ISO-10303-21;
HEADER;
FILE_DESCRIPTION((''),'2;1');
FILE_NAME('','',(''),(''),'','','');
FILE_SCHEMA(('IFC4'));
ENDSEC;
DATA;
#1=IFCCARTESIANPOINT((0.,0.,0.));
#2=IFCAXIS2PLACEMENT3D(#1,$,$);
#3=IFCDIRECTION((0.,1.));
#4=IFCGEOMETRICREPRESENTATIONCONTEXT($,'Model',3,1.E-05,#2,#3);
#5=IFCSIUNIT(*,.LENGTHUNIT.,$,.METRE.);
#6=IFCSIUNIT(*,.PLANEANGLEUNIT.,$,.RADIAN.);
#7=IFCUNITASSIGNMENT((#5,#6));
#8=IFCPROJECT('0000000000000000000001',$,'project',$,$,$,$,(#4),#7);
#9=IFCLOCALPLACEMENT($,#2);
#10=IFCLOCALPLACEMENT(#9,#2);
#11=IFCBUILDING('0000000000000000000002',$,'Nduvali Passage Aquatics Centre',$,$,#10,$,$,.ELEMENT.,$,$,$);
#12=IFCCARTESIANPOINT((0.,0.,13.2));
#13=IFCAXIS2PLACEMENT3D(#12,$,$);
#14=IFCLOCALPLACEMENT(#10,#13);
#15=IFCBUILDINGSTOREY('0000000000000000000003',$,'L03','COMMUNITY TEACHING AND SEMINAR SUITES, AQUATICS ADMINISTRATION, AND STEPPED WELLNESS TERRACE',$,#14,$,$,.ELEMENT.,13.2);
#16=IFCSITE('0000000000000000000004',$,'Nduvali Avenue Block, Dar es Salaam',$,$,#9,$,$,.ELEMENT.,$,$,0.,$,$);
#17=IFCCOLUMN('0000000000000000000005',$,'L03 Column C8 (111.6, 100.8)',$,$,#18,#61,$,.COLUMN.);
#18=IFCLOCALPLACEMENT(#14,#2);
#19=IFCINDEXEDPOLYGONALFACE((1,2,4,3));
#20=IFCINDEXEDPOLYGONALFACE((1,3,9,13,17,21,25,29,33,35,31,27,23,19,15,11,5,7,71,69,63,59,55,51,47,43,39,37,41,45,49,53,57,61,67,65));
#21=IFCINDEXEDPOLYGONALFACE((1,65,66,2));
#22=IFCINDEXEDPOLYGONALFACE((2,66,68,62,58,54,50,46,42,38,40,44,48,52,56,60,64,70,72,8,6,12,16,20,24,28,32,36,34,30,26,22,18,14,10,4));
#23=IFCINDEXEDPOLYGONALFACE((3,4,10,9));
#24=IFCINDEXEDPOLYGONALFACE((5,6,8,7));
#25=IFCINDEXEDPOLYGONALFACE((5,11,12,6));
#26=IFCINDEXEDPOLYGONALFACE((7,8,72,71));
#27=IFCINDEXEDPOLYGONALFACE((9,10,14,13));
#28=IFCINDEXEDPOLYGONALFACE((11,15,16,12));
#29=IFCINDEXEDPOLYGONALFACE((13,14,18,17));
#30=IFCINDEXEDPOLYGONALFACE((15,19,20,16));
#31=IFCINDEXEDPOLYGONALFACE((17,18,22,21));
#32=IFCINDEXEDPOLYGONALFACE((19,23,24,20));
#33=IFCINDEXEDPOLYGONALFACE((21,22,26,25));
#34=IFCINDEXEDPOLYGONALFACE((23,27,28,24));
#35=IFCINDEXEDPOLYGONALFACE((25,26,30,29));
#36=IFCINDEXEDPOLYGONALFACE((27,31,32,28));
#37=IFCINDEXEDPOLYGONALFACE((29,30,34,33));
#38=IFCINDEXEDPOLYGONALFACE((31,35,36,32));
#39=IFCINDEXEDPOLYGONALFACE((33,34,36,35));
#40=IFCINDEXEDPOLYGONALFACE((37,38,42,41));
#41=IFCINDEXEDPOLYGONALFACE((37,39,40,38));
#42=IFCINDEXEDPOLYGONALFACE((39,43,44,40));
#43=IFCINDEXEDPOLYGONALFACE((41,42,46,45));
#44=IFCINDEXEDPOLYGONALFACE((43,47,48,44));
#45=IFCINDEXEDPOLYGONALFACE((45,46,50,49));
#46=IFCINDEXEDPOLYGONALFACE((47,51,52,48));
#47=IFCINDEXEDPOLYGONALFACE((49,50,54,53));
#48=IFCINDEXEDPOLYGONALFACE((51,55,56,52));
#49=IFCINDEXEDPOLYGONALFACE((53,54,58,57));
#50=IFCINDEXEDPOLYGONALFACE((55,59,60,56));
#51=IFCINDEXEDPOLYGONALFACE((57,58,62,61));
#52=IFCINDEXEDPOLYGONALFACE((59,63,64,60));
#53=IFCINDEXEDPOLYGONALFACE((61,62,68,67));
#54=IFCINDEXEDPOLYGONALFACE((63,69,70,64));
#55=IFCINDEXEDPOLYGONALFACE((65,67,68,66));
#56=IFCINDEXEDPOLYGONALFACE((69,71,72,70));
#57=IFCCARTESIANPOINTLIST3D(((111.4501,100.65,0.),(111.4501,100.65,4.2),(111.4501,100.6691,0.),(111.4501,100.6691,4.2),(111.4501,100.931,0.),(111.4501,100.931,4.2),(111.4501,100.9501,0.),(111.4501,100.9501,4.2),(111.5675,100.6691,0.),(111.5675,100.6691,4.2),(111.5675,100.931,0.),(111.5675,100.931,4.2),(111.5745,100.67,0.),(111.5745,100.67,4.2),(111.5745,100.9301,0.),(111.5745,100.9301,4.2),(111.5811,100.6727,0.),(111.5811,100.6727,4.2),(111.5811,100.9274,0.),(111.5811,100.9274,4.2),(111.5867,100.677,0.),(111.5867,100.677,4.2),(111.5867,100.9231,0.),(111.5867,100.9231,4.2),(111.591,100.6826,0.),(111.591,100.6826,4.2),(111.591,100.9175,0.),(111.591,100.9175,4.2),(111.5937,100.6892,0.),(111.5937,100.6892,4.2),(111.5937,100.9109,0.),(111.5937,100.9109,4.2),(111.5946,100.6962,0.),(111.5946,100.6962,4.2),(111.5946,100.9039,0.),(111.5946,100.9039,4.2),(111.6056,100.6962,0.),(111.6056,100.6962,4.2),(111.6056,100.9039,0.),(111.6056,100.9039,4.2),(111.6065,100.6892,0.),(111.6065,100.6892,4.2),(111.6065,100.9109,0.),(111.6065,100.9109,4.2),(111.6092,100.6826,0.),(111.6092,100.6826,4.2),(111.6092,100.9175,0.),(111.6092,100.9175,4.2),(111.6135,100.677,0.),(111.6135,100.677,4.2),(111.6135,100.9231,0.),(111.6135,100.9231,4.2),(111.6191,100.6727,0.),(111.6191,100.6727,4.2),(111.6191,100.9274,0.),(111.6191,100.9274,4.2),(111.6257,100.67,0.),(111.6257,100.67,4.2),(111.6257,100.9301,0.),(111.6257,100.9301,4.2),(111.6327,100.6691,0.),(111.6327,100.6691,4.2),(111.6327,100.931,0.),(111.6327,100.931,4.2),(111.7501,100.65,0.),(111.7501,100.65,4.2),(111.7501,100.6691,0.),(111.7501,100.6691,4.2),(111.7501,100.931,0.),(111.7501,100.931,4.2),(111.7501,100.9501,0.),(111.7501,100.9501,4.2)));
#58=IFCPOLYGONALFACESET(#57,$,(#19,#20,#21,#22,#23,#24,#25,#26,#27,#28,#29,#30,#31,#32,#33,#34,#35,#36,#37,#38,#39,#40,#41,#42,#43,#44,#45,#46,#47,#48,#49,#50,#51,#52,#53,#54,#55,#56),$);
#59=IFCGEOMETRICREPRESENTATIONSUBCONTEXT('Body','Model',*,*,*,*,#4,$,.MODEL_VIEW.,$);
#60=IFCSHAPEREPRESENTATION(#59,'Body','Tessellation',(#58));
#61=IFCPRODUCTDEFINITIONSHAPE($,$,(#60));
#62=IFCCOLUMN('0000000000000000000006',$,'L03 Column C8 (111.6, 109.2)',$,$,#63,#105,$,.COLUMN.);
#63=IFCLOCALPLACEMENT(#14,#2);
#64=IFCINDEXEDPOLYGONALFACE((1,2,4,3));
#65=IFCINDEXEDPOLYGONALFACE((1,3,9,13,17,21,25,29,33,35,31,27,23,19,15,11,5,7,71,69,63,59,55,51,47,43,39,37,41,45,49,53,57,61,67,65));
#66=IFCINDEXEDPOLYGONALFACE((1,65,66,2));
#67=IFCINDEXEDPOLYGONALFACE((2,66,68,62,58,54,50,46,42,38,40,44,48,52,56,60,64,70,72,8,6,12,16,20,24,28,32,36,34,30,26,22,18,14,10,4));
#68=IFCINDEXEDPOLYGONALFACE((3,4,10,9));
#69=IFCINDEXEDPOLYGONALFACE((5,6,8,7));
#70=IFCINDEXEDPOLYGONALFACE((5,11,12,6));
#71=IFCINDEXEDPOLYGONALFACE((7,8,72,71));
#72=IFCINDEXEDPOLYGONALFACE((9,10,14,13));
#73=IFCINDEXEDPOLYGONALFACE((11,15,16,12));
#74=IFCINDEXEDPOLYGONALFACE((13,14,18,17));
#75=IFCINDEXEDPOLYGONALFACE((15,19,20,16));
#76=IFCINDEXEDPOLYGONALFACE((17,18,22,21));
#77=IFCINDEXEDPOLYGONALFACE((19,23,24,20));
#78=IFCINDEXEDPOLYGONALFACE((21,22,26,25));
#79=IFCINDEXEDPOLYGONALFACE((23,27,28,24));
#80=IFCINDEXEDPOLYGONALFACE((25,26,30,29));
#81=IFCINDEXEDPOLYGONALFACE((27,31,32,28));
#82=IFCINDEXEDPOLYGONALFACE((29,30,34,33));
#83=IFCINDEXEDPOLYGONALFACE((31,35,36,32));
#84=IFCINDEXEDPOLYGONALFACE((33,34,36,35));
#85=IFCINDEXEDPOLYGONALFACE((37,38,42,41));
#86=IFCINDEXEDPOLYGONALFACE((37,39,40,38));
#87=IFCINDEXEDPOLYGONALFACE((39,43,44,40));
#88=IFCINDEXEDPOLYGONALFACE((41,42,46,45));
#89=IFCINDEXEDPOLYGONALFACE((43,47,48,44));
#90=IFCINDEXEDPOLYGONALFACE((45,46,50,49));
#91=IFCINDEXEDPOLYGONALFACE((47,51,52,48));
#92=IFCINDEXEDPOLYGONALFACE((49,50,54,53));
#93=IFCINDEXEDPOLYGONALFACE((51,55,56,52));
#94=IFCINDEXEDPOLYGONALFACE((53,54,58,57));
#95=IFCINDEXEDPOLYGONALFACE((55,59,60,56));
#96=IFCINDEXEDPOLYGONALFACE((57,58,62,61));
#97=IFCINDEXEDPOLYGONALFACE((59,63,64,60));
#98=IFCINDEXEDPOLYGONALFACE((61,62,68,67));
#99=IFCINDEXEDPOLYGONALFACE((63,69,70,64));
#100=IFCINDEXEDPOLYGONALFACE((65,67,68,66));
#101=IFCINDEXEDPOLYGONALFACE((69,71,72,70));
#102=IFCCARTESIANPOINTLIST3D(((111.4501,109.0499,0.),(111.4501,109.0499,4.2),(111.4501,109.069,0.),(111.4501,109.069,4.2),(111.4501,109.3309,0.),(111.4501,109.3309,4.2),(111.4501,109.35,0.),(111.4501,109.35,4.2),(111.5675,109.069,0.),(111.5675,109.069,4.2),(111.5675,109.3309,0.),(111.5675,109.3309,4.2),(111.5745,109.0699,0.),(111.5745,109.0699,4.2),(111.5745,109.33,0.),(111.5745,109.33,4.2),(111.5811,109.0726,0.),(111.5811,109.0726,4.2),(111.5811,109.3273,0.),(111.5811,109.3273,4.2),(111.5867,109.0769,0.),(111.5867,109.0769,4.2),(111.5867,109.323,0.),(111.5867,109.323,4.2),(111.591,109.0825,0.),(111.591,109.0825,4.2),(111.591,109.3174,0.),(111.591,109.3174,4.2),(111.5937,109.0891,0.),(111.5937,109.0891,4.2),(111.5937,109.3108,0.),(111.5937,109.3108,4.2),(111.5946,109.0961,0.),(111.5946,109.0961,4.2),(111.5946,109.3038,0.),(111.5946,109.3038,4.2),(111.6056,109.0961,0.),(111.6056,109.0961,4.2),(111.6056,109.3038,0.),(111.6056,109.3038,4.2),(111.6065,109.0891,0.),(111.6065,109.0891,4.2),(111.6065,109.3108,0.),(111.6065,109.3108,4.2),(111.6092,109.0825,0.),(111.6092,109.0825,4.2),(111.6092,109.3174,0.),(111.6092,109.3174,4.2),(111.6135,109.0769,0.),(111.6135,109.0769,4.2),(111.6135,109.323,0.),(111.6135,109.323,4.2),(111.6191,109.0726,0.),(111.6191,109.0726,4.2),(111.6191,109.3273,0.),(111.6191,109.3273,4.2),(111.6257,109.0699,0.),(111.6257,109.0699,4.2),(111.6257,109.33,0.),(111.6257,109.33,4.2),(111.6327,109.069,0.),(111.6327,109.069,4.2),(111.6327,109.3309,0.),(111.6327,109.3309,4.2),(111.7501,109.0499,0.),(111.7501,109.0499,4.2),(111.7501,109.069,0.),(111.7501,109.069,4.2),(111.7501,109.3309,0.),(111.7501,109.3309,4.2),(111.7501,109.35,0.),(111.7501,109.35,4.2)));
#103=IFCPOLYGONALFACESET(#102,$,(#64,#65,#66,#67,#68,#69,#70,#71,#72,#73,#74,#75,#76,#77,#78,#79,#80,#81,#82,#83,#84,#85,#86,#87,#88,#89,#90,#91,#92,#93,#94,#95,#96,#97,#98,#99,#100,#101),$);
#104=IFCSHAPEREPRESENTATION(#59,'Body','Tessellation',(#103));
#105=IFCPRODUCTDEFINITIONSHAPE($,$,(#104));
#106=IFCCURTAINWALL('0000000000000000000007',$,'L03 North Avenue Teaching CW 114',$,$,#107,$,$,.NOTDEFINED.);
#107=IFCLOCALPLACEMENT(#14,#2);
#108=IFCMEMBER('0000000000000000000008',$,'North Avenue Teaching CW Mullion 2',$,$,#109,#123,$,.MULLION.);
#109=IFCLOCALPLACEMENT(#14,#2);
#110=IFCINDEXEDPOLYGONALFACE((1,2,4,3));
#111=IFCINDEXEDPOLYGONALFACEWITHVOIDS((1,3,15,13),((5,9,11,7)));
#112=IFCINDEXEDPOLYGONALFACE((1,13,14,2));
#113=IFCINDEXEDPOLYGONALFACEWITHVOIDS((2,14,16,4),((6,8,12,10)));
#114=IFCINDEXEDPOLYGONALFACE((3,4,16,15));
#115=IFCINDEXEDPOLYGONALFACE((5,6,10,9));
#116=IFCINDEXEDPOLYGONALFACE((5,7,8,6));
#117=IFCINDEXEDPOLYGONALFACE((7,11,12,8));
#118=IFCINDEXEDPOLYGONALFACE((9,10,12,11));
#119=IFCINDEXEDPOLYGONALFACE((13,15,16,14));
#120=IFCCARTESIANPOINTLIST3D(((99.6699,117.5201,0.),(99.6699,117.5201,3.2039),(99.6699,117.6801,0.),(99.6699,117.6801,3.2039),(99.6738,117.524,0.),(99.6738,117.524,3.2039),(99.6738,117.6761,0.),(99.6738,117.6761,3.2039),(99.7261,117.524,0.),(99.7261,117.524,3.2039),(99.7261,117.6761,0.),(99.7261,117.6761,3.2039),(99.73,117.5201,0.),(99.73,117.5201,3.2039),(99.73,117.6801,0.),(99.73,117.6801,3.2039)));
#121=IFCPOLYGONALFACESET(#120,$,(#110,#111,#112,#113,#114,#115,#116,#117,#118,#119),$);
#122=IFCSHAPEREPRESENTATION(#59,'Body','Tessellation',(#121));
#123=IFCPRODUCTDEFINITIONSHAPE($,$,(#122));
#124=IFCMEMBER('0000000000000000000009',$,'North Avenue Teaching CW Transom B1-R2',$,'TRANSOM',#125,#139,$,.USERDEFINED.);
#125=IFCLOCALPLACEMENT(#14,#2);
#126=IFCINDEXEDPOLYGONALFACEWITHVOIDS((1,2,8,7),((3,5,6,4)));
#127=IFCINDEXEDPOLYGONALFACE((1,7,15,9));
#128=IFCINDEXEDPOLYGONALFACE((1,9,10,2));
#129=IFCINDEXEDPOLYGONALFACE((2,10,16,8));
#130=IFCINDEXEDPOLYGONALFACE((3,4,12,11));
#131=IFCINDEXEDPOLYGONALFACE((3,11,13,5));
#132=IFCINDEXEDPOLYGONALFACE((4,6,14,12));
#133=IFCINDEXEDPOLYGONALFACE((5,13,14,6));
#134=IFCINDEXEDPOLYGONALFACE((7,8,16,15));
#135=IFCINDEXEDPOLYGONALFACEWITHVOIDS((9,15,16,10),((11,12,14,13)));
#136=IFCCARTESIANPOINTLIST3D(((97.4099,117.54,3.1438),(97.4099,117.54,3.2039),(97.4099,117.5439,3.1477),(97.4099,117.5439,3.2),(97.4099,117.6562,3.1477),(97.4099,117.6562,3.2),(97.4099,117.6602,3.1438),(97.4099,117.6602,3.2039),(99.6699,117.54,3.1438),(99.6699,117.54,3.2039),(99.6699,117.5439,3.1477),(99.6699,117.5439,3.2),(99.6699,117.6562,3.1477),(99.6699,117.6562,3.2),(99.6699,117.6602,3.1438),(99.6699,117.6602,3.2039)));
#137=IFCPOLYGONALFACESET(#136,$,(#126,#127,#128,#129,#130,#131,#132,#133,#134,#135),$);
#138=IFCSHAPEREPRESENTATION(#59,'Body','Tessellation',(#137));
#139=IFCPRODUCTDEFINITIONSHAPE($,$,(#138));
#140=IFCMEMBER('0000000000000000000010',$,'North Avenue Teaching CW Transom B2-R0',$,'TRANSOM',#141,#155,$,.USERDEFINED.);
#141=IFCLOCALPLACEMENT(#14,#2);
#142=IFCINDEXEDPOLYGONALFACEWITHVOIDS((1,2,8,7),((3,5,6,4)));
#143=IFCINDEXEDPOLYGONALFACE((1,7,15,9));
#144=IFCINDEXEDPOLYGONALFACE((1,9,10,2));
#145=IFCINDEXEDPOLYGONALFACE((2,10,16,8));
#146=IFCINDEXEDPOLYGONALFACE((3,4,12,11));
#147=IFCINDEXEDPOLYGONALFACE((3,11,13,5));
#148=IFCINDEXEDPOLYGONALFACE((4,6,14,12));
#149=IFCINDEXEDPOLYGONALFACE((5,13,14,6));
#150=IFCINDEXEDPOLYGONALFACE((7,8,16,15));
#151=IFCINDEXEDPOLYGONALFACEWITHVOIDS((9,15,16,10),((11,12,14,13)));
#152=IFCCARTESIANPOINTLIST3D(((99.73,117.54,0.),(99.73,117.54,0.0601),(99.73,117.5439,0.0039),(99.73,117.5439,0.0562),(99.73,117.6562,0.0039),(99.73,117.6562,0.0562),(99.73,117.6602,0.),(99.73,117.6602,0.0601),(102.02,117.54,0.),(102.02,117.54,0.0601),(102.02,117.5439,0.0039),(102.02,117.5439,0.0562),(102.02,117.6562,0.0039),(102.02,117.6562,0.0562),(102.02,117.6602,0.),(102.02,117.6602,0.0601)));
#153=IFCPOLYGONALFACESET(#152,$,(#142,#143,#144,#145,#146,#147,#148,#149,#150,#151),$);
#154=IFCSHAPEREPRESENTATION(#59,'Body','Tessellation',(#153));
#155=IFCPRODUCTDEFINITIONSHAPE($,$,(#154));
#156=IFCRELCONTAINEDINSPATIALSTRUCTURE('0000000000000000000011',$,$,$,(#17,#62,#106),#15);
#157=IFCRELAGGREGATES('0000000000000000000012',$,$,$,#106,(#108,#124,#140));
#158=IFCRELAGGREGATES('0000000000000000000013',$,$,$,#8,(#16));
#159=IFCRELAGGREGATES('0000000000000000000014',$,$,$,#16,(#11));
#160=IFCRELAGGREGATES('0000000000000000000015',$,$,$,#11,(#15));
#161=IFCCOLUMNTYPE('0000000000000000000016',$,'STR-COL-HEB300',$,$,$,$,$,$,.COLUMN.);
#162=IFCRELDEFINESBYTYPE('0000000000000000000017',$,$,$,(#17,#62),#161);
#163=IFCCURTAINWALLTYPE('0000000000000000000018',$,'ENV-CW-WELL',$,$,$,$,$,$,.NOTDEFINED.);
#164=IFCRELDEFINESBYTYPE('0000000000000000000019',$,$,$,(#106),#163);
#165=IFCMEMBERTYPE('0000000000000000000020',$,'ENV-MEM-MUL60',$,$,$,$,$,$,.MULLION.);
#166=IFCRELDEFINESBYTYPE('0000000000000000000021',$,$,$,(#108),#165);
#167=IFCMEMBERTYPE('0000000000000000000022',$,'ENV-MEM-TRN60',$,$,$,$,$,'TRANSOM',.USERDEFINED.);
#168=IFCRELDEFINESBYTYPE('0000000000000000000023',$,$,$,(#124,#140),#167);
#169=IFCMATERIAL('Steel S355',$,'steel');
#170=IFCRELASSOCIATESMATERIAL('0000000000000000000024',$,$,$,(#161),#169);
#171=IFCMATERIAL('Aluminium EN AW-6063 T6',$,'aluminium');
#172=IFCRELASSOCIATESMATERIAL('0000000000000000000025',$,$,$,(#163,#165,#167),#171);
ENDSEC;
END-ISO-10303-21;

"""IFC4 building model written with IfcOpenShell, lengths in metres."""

from ifc_helpers import new_model, si_unit, direction, frame, origin, origin_2d, place, context, subcontext, project, spatial, hollow_rectangle, i_section, extrude, material, material_profile, profile_set, type_object, element, aggregate, save


model = new_model("IFC4")

# Units and contexts
model_context = context("Model", 3, precision=1e-05, world=origin(), true_north=direction((0.0, 1.0)))
body_context = subcontext(model_context, "Body", "Model", "MODEL_VIEW")
ifc_project = project(units=[si_unit("LENGTHUNIT", "METRE"), si_unit("PLANEANGLEUNIT", "RADIAN")], contexts=[model_context])

# Site, building, storey
site_placement = place(None, origin())
site = spatial("IfcSite", under=ifc_project, at=site_placement, Name="Nduvali Avenue Block, Dar es Salaam", CompositionType="ELEMENT", RefElevation=0.0)
building_placement = place(site_placement, origin())
building = spatial("IfcBuilding", under=site, at=building_placement, Name="Nduvali Passage Aquatics Centre", CompositionType="ELEMENT")
storey_placement = place(building_placement, frame((0.0, 0.0, 13.2)))
storey = spatial("IfcBuildingStorey", under=building, at=storey_placement, Name="L03", Description="COMMUNITY TEACHING AND SEMINAR SUITES, AQUATICS ADMINISTRATION, AND STEPPED WELLNESS TERRACE", CompositionType="ELEMENT", Elevation=13.2)

# Columns
ifc_material_1 = material(Name="Steel S355", Category="steel")
ifc_material_profile_1 = material_profile(ifc_material_1, i_section(OverallWidth=0.3, OverallDepth=0.3, WebThickness=0.011, FlangeThickness=0.019, FilletRadius=0.0271, at=origin_2d()), Name="HEB 300")
ifc_profile_set_1 = profile_set([ifc_material_profile_1], Name="Steel S355")
column_type = type_object("IfcColumnType", Name="STR-COL-HEB300", PredefinedType="COLUMN", material=ifc_profile_set_1)
for number, where, z_axis, x_axis, name in (
    (1, (111.6001, 100.8, 0.0), (0.0, 0.0, 1.0), (1.0, 0.0, 0.0), "L03 Column C8 (111.6, 100.8)"),
    (2, (111.6001, 109.2, 0.0), (0.0, 0.0, 1.0), (1.0, 0.0, 0.0), "L03 Column C8 (111.6, 109.2)"),
):
    element("IfcColumn", number, at=place(storey_placement, frame(where, z_axis=z_axis, x_axis=x_axis)), inside=storey, type_object=column_type, Name=name, PredefinedType="COLUMN", context=body_context, shape_type="SweptSolid", body=[
        extrude(i_section(OverallWidth=0.3, OverallDepth=0.3, WebThickness=0.011, FlangeThickness=0.019, FilletRadius=0.0271, at=origin_2d()), origin(), (0.0, 0.0, 1.0), 4.2),
    ])

# Curtain wall, members
ifc_material_2 = material(Name="Aluminium EN AW-6063 T6", Category="aluminium")
curtain_wall_type = type_object("IfcCurtainWallType", Name="ENV-CW-WELL", PredefinedType="NOTDEFINED", material=ifc_material_2)
curtain_wall_placement = place(storey_placement, origin())
curtain_wall = element("IfcCurtainWall", 3, at=curtain_wall_placement, inside=storey, type_object=curtain_wall_type, Name="L03 North Avenue Teaching CW 114", PredefinedType="NOTDEFINED")
ifc_material_profile_2 = material_profile(ifc_material_2, hollow_rectangle(XDim=0.0601, YDim=0.1599, WallThickness=0.0039, at=origin_2d()), Name="ALU MULLION 60x160x4")
ifc_profile_set_2 = profile_set([ifc_material_profile_2], Name="Aluminium EN AW-6063 T6")
member_type_1 = type_object("IfcMemberType", Name="ENV-MEM-MUL60", PredefinedType="MULLION", material=ifc_profile_set_2)
member_1_placement = place(storey_placement, frame((99.7, 117.6001, 0.0), z_axis=(0.0, 0.0, 1.0), x_axis=(1.0, 0.0, 0.0)))
member_1 = element("IfcMember", 4, at=member_1_placement, type_object=member_type_1, Name="North Avenue Teaching CW Mullion 2", PredefinedType="MULLION", context=body_context, shape_type="SweptSolid", body=[
    extrude(hollow_rectangle(XDim=0.0601, YDim=0.1599, WallThickness=0.0039, at=origin_2d()), origin(), (0.0, 0.0, 1.0), 3.2039),
])
ifc_material_profile_3 = material_profile(ifc_material_2, hollow_rectangle(XDim=0.1201, YDim=0.0601, WallThickness=0.0039, at=origin_2d()), Name="ALU TRANSOM 120x60x4")
ifc_profile_set_3 = profile_set([ifc_material_profile_3], Name="Aluminium EN AW-6063 T6")
member_type_2 = type_object("IfcMemberType", Name="ENV-MEM-TRN60", ElementType="TRANSOM", PredefinedType="USERDEFINED", material=ifc_profile_set_3)
member_2_placement = place(storey_placement, frame((97.4099, 117.6001, 3.1738), z_axis=(1.0, 0.0, 0.0), x_axis=(0.0, 1.0, 0.0)))
member_2 = element("IfcMember", 5, at=member_2_placement, type_object=member_type_2, Name="North Avenue Teaching CW Transom B1-R2", ObjectType="TRANSOM", PredefinedType="USERDEFINED", context=body_context, shape_type="SweptSolid", body=[
    extrude(hollow_rectangle(XDim=0.1201, YDim=0.0601, WallThickness=0.0039, at=origin_2d()), origin(), (0.0, 0.0, 1.0), 2.26),
])
member_3_placement = place(storey_placement, frame((99.73, 117.6001, 0.03), z_axis=(1.0, 0.0, 0.0), x_axis=(0.0, 1.0, 0.0)))
member_3 = element("IfcMember", 6, at=member_3_placement, type_object=member_type_2, Name="North Avenue Teaching CW Transom B2-R0", ObjectType="TRANSOM", PredefinedType="USERDEFINED", context=body_context, shape_type="SweptSolid", body=[
    extrude(hollow_rectangle(XDim=0.1201, YDim=0.0601, WallThickness=0.0039, at=origin_2d()), origin(), (0.0, 0.0, 1.0), 2.29),
])

aggregate(curtain_wall, [member_1, member_2, member_3])

save(model, "model.ifc")
